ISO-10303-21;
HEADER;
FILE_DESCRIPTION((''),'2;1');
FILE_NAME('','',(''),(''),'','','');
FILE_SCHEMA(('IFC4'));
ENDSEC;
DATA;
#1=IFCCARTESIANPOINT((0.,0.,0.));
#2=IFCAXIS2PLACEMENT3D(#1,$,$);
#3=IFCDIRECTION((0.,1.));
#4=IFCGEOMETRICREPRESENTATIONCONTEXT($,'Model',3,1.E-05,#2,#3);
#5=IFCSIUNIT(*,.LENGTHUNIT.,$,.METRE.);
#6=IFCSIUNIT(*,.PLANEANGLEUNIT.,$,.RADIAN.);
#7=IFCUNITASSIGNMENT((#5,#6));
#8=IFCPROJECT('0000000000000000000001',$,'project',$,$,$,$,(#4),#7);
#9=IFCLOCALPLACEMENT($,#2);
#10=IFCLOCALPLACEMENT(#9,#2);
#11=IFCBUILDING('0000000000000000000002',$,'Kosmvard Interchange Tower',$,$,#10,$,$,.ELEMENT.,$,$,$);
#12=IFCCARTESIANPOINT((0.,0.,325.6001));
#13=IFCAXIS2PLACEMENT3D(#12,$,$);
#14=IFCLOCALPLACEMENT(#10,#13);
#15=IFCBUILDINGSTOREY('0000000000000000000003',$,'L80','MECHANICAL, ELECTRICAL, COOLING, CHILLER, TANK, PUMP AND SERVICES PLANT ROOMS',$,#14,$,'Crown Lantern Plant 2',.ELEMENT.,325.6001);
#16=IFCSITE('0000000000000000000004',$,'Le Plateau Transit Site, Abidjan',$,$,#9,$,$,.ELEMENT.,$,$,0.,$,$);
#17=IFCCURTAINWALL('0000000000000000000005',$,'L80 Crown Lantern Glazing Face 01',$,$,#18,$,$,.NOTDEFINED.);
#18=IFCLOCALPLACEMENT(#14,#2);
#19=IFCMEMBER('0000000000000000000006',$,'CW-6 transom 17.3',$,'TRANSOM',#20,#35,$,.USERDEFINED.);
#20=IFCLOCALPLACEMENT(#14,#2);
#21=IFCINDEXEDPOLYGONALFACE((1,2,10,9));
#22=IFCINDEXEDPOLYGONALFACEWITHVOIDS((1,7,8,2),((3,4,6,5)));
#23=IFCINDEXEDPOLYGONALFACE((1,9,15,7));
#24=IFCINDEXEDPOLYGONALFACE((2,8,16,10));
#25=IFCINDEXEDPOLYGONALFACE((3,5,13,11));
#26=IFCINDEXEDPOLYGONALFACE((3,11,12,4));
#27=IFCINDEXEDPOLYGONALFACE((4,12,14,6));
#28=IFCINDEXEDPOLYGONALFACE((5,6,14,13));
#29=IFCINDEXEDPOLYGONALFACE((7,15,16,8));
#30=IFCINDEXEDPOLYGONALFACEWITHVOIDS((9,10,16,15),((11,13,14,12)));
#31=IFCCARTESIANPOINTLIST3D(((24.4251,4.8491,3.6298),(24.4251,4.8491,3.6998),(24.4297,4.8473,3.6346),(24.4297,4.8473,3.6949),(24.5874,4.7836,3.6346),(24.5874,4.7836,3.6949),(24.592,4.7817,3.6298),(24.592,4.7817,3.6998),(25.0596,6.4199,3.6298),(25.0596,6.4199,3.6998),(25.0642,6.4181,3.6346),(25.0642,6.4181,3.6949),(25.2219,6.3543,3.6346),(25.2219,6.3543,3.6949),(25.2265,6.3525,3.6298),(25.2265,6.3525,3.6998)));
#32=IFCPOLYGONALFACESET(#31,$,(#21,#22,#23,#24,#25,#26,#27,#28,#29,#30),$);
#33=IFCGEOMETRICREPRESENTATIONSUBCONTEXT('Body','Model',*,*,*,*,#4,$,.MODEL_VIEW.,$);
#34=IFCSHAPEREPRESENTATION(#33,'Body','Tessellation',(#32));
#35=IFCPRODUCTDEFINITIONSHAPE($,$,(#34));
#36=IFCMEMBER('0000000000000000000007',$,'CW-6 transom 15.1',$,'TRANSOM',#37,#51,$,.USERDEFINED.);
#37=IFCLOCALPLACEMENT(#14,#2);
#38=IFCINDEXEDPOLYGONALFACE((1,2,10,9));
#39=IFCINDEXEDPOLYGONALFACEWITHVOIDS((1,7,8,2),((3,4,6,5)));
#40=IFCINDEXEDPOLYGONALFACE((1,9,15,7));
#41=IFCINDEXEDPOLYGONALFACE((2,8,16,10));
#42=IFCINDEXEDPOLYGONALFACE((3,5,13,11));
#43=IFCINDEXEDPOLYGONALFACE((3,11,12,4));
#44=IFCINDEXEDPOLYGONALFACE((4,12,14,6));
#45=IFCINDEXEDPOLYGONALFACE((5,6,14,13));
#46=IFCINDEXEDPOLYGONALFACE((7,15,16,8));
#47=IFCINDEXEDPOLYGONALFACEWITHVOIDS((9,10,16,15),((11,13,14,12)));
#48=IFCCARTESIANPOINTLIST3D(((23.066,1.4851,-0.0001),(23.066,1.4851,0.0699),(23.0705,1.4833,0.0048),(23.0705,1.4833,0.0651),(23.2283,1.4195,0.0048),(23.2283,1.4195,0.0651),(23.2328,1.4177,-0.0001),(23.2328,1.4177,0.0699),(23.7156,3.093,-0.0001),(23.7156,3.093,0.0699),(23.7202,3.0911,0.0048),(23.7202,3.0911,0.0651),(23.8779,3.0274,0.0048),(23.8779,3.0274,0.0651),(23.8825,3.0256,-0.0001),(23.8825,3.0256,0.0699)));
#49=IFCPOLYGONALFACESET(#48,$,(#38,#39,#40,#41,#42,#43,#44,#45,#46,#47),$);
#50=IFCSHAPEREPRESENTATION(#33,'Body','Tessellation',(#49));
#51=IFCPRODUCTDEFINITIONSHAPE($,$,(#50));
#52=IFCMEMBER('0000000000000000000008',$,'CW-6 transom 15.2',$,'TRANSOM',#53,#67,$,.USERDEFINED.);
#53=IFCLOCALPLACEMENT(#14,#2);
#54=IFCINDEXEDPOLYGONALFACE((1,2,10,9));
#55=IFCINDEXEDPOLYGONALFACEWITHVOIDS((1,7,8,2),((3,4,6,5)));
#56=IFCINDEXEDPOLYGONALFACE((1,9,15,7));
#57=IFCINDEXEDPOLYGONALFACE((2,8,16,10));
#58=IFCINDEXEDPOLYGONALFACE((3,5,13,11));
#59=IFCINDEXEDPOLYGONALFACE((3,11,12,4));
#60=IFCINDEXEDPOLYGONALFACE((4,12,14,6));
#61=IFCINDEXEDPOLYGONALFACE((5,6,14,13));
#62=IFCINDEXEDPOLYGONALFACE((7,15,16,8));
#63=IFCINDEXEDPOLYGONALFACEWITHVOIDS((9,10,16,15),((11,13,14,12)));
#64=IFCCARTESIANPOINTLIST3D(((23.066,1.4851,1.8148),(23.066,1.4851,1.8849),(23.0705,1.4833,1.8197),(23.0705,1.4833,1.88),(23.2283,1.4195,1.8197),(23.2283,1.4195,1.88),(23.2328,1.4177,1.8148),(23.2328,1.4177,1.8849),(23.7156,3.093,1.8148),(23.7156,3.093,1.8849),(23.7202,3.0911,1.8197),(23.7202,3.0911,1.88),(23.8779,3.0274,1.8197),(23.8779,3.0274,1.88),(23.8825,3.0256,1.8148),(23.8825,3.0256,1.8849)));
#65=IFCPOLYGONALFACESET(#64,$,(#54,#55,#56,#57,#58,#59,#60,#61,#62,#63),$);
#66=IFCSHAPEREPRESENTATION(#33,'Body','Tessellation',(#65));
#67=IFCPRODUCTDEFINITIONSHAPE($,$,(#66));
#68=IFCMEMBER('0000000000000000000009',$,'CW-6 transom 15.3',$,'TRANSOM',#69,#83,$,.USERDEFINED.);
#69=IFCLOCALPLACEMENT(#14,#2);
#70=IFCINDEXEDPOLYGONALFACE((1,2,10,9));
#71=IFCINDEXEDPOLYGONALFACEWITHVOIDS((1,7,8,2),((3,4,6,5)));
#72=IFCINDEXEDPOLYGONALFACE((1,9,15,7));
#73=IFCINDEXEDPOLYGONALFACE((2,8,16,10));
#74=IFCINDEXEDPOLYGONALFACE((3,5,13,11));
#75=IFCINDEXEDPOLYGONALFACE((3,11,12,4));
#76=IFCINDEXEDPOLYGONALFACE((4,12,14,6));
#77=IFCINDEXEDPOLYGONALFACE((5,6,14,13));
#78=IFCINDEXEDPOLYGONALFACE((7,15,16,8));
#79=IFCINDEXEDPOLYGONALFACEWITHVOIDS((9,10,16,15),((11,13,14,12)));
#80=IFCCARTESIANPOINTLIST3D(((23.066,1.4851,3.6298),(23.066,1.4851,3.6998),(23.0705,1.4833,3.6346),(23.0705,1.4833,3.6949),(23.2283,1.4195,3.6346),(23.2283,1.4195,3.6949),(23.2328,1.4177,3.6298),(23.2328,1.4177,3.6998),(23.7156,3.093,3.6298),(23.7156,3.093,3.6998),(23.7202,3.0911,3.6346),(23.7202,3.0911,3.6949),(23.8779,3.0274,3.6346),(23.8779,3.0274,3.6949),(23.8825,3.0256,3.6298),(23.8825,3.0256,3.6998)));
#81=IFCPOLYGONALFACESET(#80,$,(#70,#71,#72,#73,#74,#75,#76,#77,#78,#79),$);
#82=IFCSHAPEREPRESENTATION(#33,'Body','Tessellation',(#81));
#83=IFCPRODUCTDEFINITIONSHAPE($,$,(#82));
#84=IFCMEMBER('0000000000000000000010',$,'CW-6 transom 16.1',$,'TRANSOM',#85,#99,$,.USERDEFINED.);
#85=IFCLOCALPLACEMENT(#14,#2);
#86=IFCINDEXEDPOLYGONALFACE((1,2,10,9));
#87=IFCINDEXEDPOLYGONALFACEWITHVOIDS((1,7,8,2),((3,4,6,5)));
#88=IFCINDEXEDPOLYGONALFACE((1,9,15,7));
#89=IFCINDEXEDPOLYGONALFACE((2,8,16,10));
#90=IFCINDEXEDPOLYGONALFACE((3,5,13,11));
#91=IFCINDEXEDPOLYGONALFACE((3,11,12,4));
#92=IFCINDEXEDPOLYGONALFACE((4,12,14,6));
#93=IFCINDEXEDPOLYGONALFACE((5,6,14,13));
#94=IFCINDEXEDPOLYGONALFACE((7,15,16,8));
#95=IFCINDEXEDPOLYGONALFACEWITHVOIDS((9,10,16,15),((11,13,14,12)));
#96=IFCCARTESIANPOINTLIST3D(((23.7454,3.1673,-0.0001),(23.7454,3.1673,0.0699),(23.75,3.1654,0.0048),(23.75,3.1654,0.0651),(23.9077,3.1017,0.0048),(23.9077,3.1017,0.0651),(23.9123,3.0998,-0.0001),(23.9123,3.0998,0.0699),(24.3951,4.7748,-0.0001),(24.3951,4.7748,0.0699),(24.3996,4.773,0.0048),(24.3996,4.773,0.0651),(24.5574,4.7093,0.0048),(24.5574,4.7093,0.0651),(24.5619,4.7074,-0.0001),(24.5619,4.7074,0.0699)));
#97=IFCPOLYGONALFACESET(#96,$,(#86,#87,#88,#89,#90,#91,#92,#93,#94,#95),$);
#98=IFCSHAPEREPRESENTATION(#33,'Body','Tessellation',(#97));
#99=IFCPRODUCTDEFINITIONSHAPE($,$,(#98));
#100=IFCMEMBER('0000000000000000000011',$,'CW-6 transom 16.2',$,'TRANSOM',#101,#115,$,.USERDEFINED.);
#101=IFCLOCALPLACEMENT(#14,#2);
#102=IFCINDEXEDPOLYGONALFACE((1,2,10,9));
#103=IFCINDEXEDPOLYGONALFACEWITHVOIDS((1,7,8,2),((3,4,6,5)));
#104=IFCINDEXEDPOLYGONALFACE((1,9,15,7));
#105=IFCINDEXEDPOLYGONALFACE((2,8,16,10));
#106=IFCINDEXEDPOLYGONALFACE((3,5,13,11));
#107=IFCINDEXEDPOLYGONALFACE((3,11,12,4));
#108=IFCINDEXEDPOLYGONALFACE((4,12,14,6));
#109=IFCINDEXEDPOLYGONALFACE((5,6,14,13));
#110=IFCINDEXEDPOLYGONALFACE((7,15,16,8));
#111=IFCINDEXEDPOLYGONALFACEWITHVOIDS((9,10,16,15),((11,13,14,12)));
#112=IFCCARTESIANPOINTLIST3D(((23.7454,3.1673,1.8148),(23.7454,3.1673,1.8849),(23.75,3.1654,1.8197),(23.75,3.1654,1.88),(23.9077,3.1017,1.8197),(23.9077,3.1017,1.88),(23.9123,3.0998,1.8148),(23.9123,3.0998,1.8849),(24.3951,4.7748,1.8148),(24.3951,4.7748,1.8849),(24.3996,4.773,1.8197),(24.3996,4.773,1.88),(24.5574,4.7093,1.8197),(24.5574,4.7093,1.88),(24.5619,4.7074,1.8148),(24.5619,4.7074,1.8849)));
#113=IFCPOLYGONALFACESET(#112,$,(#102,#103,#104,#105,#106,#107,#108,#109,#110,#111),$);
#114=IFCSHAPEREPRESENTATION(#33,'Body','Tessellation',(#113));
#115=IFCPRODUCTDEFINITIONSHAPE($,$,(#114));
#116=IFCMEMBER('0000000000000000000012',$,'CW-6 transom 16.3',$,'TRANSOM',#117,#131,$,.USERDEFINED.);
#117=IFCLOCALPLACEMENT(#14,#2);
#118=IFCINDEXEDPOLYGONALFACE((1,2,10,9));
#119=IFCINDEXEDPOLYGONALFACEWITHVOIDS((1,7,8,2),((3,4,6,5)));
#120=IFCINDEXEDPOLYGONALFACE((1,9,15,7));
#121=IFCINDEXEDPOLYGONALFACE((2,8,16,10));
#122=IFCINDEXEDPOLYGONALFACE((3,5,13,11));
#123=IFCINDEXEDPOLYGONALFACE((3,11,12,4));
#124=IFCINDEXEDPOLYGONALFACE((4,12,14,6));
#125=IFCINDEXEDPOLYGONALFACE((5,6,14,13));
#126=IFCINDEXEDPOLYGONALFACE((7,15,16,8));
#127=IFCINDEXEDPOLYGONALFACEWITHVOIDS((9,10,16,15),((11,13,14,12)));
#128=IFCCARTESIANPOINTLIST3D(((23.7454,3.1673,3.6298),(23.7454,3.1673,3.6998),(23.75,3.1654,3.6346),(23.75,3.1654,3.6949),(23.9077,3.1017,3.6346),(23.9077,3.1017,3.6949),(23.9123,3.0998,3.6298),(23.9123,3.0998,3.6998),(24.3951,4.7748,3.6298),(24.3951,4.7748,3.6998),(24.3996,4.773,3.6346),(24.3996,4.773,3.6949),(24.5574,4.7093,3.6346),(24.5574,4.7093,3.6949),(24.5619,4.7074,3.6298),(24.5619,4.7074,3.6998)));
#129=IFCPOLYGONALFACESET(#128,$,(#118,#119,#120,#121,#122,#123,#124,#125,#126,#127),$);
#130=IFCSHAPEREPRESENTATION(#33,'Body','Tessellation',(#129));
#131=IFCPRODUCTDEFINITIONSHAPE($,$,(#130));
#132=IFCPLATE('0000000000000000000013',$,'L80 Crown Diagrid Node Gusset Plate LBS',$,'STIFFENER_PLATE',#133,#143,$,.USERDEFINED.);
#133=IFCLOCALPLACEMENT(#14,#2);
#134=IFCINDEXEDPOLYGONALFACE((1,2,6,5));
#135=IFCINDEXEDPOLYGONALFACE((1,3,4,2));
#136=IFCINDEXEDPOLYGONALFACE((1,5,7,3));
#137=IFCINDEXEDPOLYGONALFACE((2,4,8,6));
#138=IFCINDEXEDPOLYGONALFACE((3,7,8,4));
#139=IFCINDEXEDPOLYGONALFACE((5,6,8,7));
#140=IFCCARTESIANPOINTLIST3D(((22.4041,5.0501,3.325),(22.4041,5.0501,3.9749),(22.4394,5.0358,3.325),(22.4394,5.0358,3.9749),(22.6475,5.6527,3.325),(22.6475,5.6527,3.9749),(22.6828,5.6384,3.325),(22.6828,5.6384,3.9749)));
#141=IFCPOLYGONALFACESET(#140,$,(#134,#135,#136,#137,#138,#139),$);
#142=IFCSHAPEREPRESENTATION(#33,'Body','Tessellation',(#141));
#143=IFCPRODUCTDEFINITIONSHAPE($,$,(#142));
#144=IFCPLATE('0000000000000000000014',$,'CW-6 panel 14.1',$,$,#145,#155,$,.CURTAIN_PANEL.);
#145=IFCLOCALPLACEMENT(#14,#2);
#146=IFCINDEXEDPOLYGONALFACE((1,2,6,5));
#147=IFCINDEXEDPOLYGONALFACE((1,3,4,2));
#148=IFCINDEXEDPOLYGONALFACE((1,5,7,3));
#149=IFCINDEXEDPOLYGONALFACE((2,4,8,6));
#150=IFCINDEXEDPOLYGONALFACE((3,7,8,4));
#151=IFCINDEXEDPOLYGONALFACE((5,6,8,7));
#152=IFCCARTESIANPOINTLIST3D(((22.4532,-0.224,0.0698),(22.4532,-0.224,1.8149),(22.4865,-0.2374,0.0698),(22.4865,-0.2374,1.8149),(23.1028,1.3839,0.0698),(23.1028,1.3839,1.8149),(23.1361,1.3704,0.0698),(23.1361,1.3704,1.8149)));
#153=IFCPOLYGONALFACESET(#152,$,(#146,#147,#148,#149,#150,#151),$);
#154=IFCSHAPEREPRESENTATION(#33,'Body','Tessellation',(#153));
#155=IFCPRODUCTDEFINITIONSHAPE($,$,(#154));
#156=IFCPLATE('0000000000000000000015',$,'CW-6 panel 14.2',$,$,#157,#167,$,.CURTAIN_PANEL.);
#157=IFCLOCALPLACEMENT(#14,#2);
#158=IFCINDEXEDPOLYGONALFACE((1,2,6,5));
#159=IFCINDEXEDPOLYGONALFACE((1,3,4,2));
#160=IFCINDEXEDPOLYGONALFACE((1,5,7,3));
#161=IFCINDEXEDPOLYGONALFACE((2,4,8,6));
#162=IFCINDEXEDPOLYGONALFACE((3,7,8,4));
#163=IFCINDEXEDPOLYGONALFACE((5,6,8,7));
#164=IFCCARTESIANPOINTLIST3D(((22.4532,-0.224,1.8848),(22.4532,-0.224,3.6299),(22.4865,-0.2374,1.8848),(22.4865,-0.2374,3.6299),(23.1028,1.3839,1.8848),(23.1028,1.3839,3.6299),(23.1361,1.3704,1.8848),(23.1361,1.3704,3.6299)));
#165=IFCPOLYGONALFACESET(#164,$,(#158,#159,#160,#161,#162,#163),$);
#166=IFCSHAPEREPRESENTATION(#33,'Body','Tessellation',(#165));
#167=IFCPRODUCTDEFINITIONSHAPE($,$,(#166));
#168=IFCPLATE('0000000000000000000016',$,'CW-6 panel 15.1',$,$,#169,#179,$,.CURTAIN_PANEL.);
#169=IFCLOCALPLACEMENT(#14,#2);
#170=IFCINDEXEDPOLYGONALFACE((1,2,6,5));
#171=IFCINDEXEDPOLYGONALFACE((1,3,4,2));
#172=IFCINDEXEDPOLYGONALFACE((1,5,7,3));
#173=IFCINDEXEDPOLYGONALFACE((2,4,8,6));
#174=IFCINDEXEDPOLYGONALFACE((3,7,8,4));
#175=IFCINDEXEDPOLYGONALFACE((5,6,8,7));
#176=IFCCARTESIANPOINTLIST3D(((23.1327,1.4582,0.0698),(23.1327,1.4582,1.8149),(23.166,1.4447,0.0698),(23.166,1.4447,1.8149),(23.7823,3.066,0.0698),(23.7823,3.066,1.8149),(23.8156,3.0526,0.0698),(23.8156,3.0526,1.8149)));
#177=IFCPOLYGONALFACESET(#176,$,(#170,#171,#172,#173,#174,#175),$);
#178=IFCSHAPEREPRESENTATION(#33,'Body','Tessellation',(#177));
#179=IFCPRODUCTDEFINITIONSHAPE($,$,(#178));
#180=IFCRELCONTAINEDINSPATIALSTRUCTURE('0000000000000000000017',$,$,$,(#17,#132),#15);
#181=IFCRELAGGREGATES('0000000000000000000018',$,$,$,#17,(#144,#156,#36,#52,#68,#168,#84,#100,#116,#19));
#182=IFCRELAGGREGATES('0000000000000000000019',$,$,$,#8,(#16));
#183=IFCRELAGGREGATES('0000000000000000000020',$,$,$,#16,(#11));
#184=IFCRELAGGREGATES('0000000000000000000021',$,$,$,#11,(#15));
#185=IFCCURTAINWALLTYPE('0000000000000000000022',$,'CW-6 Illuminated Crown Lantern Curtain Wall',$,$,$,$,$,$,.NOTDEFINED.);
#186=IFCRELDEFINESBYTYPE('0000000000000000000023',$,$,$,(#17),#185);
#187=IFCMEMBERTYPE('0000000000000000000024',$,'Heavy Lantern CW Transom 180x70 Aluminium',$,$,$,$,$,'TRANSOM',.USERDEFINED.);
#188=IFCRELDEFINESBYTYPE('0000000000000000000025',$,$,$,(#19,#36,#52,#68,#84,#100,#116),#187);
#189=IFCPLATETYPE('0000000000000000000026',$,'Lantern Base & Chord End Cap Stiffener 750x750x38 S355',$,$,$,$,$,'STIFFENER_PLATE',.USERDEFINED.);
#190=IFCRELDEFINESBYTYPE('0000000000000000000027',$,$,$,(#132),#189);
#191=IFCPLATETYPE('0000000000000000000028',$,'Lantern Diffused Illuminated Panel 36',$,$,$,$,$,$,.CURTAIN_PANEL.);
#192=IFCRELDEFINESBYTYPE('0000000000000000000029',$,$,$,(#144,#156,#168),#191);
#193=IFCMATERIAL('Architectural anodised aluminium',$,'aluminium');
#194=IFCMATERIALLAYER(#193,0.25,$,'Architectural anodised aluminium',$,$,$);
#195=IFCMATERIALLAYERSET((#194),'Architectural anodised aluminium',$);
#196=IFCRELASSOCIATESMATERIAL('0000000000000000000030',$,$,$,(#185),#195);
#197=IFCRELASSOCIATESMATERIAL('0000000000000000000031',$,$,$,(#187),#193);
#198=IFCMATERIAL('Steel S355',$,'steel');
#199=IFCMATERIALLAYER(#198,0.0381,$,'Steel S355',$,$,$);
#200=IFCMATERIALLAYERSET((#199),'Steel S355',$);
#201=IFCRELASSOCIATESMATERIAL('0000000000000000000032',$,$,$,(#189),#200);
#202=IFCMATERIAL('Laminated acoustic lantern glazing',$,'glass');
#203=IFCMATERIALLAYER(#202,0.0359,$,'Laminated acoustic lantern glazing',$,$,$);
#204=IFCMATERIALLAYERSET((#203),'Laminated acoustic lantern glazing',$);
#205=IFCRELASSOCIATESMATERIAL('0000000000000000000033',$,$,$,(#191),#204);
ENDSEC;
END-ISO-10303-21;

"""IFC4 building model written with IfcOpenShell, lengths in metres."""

from ifc_helpers import new_model, si_unit, direction, frame, origin, origin_2d, place, context, subcontext, project, spatial, rectangle, hollow_rectangle, extrude, source, transform, mapped, material, layer, layer_set, material_profile, profile_set, type_object, element, aggregate, save


model = new_model("IFC4")

# Units and contexts
model_context = context("Model", 3, precision=1e-05, world=origin(), true_north=direction((0.0, 1.0)))
body_context = subcontext(model_context, "Body", "Model", "MODEL_VIEW")
ifc_project = project(units=[si_unit("LENGTHUNIT", "METRE"), si_unit("PLANEANGLEUNIT", "RADIAN")], contexts=[model_context])

# Site, building, storey
site_placement = place(None, origin())
site = spatial("IfcSite", under=ifc_project, at=site_placement, Name="Le Plateau Transit Site, Abidjan", CompositionType="ELEMENT", RefElevation=0.0)
building_placement = place(site_placement, origin())
building = spatial("IfcBuilding", under=site, at=building_placement, Name="Kosmvard Interchange Tower", CompositionType="ELEMENT")
storey_placement = place(building_placement, frame((0.0, 0.0, 325.6001)))
storey = spatial("IfcBuildingStorey", under=building, at=storey_placement, Name="L80", Description="MECHANICAL, ELECTRICAL, COOLING, CHILLER, TANK, PUMP AND SERVICES PLANT ROOMS", LongName="Crown Lantern Plant 2", CompositionType="ELEMENT", Elevation=325.6001)

# Shared definitions
ifc_material_1 = material(Name="Steel S355", Category="steel")

# Curtain wall, members
ifc_material_2 = material(Name="Architectural anodised aluminium", Category="aluminium")
ifc_layer_1 = layer(ifc_material_2, 0.25, Name="Architectural anodised aluminium")
ifc_layer_set_1 = layer_set([ifc_layer_1], Name="Architectural anodised aluminium")
curtain_wall_type = type_object("IfcCurtainWallType", Name="CW-6 Illuminated Crown Lantern Curtain Wall", PredefinedType="NOTDEFINED", material=ifc_layer_set_1)
curtain_wall_placement = place(storey_placement, origin())
curtain_wall = element("IfcCurtainWall", 1, at=curtain_wall_placement, inside=storey, type_object=curtain_wall_type, Name="L80 Crown Lantern Glazing Face 01", PredefinedType="NOTDEFINED")
ifc_material_profile_1 = material_profile(ifc_material_2, hollow_rectangle(XDim=0.1799, YDim=0.0701, WallThickness=0.0049, at=origin_2d()), Name="CWT 180x70x5")
ifc_profile_set_1 = profile_set([ifc_material_profile_1], Name="Architectural anodised aluminium")
member_type_1 = type_object("IfcMemberType", Name="Heavy Lantern CW Transom 180x70 Aluminium", ElementType="TRANSOM", PredefinedType="USERDEFINED", material=ifc_profile_set_1)
shared_shape_1 = source(origin(), body_context, "Body", "SweptSolid", [
    extrude(hollow_rectangle(XDim=0.1799, YDim=0.0701, WallThickness=0.0049, at=origin_2d()), origin(), (0.0, 0.0, 1.0), 1.6941),
])
member_1_placement = place(storey_placement, frame((24.5085, 4.8154, 3.6648), z_axis=(0.374544, 0.927209, 0.0), x_axis=(-0.927209, 0.374544, 0.0)))
member_1 = element("IfcMember", 2, at=member_1_placement, type_object=member_type_1, Name="CW-6 transom 17.3", ObjectType="TRANSOM", PredefinedType="USERDEFINED", context=body_context, shape_type="MappedRepresentation", body=[
    mapped(shared_shape_1, transform((0.0, 0.0, 0.0), scale=1.0)),
])
shared_shape_2 = source(origin(), body_context, "Body", "SweptSolid", [
    extrude(hollow_rectangle(XDim=0.1799, YDim=0.0701, WallThickness=0.0049, at=origin_2d()), origin(), (0.0, 0.0, 1.0), 1.7341),
])
member_2_placement = place(storey_placement, frame((23.1494, 1.4514, 0.0349), z_axis=(0.374617, 0.92718, 0.0), x_axis=(-0.92718, 0.374617, 0.0)))
member_2 = element("IfcMember", 3, at=member_2_placement, type_object=member_type_1, Name="CW-6 transom 15.1", ObjectType="TRANSOM", PredefinedType="USERDEFINED", context=body_context, shape_type="MappedRepresentation", body=[
    mapped(shared_shape_2, transform((0.0, 0.0, 0.0), scale=1.0)),
])
member_3_placement = place(storey_placement, frame((23.1494, 1.4514, 1.8499), z_axis=(0.374617, 0.92718, 0.0), x_axis=(-0.92718, 0.374617, 0.0)))
member_3 = element("IfcMember", 4, at=member_3_placement, type_object=member_type_1, Name="CW-6 transom 15.2", ObjectType="TRANSOM", PredefinedType="USERDEFINED", context=body_context, shape_type="MappedRepresentation", body=[
    mapped(shared_shape_2, transform((0.0, 0.0, 0.0), scale=1.0)),
])
member_4_placement = place(storey_placement, frame((23.1494, 1.4514, 3.6648), z_axis=(0.374617, 0.92718, 0.0), x_axis=(-0.92718, 0.374617, 0.0)))
member_4 = element("IfcMember", 5, at=member_4_placement, type_object=member_type_1, Name="CW-6 transom 15.3", ObjectType="TRANSOM", PredefinedType="USERDEFINED", context=body_context, shape_type="MappedRepresentation", body=[
    mapped(shared_shape_2, transform((0.0, 0.0, 0.0), scale=1.0)),
])
shared_shape_3 = source(origin(), body_context, "Body", "SweptSolid", [
    extrude(hollow_rectangle(XDim=0.1799, YDim=0.0701, WallThickness=0.0049, at=origin_2d()), origin(), (0.0, 0.0, 1.0), 1.7339),
])
member_5_placement = place(storey_placement, frame((23.8289, 3.1335, 0.0349), z_axis=(0.374666, 0.92716, 0.0), x_axis=(-0.92716, 0.374666, 0.0)))
member_5 = element("IfcMember", 6, at=member_5_placement, type_object=member_type_1, Name="CW-6 transom 16.1", ObjectType="TRANSOM", PredefinedType="USERDEFINED", context=body_context, shape_type="MappedRepresentation", body=[
    mapped(shared_shape_3, transform((0.0, 0.0, 0.0), scale=1.0)),
])
member_6_placement = place(storey_placement, frame((23.8289, 3.1335, 1.8499), z_axis=(0.374666, 0.92716, 0.0), x_axis=(-0.92716, 0.374666, 0.0)))
member_6 = element("IfcMember", 7, at=member_6_placement, type_object=member_type_1, Name="CW-6 transom 16.2", ObjectType="TRANSOM", PredefinedType="USERDEFINED", context=body_context, shape_type="MappedRepresentation", body=[
    mapped(shared_shape_3, transform((0.0, 0.0, 0.0), scale=1.0)),
])
member_7_placement = place(storey_placement, frame((23.8289, 3.1335, 3.6648), z_axis=(0.374666, 0.92716, 0.0), x_axis=(-0.92716, 0.374666, 0.0)))
member_7 = element("IfcMember", 8, at=member_7_placement, type_object=member_type_1, Name="CW-6 transom 16.3", ObjectType="TRANSOM", PredefinedType="USERDEFINED", context=body_context, shape_type="MappedRepresentation", body=[
    mapped(shared_shape_3, transform((0.0, 0.0, 0.0), scale=1.0)),
])

# Plates
ifc_layer_2 = layer(ifc_material_1, 0.0381, Name="Steel S355")
ifc_layer_set_2 = layer_set([ifc_layer_2], Name="Steel S355")
plate_type_1 = type_object("IfcPlateType", Name="Lantern Base & Chord End Cap Stiffener 750x750x38 S355", ElementType="STIFFENER_PLATE", PredefinedType="USERDEFINED", material=ifc_layer_set_2)
shared_shape_4 = source(origin(), body_context, "Body", "SweptSolid", [
    extrude(rectangle(XDim=0.6499, YDim=0.0381, at=origin_2d()), origin(), (0.0, 0.0, 1.0), 0.6499),
])
plate_1_placement = place(storey_placement, frame((22.5435, 5.3442, 3.325), z_axis=(0.0, 0.0, 1.0), x_axis=(0.374607, 0.927184, 0.0)))
element("IfcPlate", 9, at=plate_1_placement, inside=storey, type_object=plate_type_1, Name="L80 Crown Diagrid Node Gusset Plate LBS", ObjectType="STIFFENER_PLATE", PredefinedType="USERDEFINED", context=body_context, shape_type="MappedRepresentation", body=[
    mapped(shared_shape_4, transform((0.0, 0.0, 0.0), scale=1.0)),
])
ifc_material_3 = material(Name="Laminated acoustic lantern glazing", Category="glass")
ifc_layer_3 = layer(ifc_material_3, 0.0359, Name="Laminated acoustic lantern glazing")
ifc_layer_set_3 = layer_set([ifc_layer_3], Name="Laminated acoustic lantern glazing")
plate_type_2 = type_object("IfcPlateType", Name="Lantern Diffused Illuminated Panel 36", PredefinedType="CURTAIN_PANEL", material=ifc_layer_set_3)
shared_shape_5 = source(origin(), body_context, "Body", "SweptSolid", [
    extrude(rectangle(XDim=1.7341, YDim=0.0359, at=origin_2d()), origin(), (0.0, 0.0, 1.0), 1.7451),
])
plate_2_placement = place(storey_placement, frame((22.7947, 0.5732, 0.0698), z_axis=(0.0, 0.0, 1.0), x_axis=(0.374607, 0.927184, 0.0)))
plate_2 = element("IfcPlate", 10, at=plate_2_placement, type_object=plate_type_2, Name="CW-6 panel 14.1", PredefinedType="CURTAIN_PANEL", context=body_context, shape_type="MappedRepresentation", body=[
    mapped(shared_shape_5, transform((0.0, 0.0, 0.0), scale=1.0)),
])
plate_3_placement = place(storey_placement, frame((22.7947, 0.5732, 1.8848), z_axis=(0.0, 0.0, 1.0), x_axis=(0.374607, 0.927184, 0.0)))
plate_3 = element("IfcPlate", 11, at=plate_3_placement, type_object=plate_type_2, Name="CW-6 panel 14.2", PredefinedType="CURTAIN_PANEL", context=body_context, shape_type="MappedRepresentation", body=[
    mapped(shared_shape_5, transform((0.0, 0.0, 0.0), scale=1.0)),
])
plate_4_placement = place(storey_placement, frame((23.4741, 2.2554, 0.0698), z_axis=(0.0, 0.0, 1.0), x_axis=(0.374607, 0.927184, 0.0)))
plate_4 = element("IfcPlate", 12, at=plate_4_placement, type_object=plate_type_2, Name="CW-6 panel 15.1", PredefinedType="CURTAIN_PANEL", context=body_context, shape_type="MappedRepresentation", body=[
    mapped(shared_shape_5, transform((0.0, 0.0, 0.0), scale=1.0)),
])
aggregate(curtain_wall, [plate_2, plate_3, member_2, member_3, member_4, plate_4, member_5, member_6, member_7, member_1])

save(model, "model.ifc")
